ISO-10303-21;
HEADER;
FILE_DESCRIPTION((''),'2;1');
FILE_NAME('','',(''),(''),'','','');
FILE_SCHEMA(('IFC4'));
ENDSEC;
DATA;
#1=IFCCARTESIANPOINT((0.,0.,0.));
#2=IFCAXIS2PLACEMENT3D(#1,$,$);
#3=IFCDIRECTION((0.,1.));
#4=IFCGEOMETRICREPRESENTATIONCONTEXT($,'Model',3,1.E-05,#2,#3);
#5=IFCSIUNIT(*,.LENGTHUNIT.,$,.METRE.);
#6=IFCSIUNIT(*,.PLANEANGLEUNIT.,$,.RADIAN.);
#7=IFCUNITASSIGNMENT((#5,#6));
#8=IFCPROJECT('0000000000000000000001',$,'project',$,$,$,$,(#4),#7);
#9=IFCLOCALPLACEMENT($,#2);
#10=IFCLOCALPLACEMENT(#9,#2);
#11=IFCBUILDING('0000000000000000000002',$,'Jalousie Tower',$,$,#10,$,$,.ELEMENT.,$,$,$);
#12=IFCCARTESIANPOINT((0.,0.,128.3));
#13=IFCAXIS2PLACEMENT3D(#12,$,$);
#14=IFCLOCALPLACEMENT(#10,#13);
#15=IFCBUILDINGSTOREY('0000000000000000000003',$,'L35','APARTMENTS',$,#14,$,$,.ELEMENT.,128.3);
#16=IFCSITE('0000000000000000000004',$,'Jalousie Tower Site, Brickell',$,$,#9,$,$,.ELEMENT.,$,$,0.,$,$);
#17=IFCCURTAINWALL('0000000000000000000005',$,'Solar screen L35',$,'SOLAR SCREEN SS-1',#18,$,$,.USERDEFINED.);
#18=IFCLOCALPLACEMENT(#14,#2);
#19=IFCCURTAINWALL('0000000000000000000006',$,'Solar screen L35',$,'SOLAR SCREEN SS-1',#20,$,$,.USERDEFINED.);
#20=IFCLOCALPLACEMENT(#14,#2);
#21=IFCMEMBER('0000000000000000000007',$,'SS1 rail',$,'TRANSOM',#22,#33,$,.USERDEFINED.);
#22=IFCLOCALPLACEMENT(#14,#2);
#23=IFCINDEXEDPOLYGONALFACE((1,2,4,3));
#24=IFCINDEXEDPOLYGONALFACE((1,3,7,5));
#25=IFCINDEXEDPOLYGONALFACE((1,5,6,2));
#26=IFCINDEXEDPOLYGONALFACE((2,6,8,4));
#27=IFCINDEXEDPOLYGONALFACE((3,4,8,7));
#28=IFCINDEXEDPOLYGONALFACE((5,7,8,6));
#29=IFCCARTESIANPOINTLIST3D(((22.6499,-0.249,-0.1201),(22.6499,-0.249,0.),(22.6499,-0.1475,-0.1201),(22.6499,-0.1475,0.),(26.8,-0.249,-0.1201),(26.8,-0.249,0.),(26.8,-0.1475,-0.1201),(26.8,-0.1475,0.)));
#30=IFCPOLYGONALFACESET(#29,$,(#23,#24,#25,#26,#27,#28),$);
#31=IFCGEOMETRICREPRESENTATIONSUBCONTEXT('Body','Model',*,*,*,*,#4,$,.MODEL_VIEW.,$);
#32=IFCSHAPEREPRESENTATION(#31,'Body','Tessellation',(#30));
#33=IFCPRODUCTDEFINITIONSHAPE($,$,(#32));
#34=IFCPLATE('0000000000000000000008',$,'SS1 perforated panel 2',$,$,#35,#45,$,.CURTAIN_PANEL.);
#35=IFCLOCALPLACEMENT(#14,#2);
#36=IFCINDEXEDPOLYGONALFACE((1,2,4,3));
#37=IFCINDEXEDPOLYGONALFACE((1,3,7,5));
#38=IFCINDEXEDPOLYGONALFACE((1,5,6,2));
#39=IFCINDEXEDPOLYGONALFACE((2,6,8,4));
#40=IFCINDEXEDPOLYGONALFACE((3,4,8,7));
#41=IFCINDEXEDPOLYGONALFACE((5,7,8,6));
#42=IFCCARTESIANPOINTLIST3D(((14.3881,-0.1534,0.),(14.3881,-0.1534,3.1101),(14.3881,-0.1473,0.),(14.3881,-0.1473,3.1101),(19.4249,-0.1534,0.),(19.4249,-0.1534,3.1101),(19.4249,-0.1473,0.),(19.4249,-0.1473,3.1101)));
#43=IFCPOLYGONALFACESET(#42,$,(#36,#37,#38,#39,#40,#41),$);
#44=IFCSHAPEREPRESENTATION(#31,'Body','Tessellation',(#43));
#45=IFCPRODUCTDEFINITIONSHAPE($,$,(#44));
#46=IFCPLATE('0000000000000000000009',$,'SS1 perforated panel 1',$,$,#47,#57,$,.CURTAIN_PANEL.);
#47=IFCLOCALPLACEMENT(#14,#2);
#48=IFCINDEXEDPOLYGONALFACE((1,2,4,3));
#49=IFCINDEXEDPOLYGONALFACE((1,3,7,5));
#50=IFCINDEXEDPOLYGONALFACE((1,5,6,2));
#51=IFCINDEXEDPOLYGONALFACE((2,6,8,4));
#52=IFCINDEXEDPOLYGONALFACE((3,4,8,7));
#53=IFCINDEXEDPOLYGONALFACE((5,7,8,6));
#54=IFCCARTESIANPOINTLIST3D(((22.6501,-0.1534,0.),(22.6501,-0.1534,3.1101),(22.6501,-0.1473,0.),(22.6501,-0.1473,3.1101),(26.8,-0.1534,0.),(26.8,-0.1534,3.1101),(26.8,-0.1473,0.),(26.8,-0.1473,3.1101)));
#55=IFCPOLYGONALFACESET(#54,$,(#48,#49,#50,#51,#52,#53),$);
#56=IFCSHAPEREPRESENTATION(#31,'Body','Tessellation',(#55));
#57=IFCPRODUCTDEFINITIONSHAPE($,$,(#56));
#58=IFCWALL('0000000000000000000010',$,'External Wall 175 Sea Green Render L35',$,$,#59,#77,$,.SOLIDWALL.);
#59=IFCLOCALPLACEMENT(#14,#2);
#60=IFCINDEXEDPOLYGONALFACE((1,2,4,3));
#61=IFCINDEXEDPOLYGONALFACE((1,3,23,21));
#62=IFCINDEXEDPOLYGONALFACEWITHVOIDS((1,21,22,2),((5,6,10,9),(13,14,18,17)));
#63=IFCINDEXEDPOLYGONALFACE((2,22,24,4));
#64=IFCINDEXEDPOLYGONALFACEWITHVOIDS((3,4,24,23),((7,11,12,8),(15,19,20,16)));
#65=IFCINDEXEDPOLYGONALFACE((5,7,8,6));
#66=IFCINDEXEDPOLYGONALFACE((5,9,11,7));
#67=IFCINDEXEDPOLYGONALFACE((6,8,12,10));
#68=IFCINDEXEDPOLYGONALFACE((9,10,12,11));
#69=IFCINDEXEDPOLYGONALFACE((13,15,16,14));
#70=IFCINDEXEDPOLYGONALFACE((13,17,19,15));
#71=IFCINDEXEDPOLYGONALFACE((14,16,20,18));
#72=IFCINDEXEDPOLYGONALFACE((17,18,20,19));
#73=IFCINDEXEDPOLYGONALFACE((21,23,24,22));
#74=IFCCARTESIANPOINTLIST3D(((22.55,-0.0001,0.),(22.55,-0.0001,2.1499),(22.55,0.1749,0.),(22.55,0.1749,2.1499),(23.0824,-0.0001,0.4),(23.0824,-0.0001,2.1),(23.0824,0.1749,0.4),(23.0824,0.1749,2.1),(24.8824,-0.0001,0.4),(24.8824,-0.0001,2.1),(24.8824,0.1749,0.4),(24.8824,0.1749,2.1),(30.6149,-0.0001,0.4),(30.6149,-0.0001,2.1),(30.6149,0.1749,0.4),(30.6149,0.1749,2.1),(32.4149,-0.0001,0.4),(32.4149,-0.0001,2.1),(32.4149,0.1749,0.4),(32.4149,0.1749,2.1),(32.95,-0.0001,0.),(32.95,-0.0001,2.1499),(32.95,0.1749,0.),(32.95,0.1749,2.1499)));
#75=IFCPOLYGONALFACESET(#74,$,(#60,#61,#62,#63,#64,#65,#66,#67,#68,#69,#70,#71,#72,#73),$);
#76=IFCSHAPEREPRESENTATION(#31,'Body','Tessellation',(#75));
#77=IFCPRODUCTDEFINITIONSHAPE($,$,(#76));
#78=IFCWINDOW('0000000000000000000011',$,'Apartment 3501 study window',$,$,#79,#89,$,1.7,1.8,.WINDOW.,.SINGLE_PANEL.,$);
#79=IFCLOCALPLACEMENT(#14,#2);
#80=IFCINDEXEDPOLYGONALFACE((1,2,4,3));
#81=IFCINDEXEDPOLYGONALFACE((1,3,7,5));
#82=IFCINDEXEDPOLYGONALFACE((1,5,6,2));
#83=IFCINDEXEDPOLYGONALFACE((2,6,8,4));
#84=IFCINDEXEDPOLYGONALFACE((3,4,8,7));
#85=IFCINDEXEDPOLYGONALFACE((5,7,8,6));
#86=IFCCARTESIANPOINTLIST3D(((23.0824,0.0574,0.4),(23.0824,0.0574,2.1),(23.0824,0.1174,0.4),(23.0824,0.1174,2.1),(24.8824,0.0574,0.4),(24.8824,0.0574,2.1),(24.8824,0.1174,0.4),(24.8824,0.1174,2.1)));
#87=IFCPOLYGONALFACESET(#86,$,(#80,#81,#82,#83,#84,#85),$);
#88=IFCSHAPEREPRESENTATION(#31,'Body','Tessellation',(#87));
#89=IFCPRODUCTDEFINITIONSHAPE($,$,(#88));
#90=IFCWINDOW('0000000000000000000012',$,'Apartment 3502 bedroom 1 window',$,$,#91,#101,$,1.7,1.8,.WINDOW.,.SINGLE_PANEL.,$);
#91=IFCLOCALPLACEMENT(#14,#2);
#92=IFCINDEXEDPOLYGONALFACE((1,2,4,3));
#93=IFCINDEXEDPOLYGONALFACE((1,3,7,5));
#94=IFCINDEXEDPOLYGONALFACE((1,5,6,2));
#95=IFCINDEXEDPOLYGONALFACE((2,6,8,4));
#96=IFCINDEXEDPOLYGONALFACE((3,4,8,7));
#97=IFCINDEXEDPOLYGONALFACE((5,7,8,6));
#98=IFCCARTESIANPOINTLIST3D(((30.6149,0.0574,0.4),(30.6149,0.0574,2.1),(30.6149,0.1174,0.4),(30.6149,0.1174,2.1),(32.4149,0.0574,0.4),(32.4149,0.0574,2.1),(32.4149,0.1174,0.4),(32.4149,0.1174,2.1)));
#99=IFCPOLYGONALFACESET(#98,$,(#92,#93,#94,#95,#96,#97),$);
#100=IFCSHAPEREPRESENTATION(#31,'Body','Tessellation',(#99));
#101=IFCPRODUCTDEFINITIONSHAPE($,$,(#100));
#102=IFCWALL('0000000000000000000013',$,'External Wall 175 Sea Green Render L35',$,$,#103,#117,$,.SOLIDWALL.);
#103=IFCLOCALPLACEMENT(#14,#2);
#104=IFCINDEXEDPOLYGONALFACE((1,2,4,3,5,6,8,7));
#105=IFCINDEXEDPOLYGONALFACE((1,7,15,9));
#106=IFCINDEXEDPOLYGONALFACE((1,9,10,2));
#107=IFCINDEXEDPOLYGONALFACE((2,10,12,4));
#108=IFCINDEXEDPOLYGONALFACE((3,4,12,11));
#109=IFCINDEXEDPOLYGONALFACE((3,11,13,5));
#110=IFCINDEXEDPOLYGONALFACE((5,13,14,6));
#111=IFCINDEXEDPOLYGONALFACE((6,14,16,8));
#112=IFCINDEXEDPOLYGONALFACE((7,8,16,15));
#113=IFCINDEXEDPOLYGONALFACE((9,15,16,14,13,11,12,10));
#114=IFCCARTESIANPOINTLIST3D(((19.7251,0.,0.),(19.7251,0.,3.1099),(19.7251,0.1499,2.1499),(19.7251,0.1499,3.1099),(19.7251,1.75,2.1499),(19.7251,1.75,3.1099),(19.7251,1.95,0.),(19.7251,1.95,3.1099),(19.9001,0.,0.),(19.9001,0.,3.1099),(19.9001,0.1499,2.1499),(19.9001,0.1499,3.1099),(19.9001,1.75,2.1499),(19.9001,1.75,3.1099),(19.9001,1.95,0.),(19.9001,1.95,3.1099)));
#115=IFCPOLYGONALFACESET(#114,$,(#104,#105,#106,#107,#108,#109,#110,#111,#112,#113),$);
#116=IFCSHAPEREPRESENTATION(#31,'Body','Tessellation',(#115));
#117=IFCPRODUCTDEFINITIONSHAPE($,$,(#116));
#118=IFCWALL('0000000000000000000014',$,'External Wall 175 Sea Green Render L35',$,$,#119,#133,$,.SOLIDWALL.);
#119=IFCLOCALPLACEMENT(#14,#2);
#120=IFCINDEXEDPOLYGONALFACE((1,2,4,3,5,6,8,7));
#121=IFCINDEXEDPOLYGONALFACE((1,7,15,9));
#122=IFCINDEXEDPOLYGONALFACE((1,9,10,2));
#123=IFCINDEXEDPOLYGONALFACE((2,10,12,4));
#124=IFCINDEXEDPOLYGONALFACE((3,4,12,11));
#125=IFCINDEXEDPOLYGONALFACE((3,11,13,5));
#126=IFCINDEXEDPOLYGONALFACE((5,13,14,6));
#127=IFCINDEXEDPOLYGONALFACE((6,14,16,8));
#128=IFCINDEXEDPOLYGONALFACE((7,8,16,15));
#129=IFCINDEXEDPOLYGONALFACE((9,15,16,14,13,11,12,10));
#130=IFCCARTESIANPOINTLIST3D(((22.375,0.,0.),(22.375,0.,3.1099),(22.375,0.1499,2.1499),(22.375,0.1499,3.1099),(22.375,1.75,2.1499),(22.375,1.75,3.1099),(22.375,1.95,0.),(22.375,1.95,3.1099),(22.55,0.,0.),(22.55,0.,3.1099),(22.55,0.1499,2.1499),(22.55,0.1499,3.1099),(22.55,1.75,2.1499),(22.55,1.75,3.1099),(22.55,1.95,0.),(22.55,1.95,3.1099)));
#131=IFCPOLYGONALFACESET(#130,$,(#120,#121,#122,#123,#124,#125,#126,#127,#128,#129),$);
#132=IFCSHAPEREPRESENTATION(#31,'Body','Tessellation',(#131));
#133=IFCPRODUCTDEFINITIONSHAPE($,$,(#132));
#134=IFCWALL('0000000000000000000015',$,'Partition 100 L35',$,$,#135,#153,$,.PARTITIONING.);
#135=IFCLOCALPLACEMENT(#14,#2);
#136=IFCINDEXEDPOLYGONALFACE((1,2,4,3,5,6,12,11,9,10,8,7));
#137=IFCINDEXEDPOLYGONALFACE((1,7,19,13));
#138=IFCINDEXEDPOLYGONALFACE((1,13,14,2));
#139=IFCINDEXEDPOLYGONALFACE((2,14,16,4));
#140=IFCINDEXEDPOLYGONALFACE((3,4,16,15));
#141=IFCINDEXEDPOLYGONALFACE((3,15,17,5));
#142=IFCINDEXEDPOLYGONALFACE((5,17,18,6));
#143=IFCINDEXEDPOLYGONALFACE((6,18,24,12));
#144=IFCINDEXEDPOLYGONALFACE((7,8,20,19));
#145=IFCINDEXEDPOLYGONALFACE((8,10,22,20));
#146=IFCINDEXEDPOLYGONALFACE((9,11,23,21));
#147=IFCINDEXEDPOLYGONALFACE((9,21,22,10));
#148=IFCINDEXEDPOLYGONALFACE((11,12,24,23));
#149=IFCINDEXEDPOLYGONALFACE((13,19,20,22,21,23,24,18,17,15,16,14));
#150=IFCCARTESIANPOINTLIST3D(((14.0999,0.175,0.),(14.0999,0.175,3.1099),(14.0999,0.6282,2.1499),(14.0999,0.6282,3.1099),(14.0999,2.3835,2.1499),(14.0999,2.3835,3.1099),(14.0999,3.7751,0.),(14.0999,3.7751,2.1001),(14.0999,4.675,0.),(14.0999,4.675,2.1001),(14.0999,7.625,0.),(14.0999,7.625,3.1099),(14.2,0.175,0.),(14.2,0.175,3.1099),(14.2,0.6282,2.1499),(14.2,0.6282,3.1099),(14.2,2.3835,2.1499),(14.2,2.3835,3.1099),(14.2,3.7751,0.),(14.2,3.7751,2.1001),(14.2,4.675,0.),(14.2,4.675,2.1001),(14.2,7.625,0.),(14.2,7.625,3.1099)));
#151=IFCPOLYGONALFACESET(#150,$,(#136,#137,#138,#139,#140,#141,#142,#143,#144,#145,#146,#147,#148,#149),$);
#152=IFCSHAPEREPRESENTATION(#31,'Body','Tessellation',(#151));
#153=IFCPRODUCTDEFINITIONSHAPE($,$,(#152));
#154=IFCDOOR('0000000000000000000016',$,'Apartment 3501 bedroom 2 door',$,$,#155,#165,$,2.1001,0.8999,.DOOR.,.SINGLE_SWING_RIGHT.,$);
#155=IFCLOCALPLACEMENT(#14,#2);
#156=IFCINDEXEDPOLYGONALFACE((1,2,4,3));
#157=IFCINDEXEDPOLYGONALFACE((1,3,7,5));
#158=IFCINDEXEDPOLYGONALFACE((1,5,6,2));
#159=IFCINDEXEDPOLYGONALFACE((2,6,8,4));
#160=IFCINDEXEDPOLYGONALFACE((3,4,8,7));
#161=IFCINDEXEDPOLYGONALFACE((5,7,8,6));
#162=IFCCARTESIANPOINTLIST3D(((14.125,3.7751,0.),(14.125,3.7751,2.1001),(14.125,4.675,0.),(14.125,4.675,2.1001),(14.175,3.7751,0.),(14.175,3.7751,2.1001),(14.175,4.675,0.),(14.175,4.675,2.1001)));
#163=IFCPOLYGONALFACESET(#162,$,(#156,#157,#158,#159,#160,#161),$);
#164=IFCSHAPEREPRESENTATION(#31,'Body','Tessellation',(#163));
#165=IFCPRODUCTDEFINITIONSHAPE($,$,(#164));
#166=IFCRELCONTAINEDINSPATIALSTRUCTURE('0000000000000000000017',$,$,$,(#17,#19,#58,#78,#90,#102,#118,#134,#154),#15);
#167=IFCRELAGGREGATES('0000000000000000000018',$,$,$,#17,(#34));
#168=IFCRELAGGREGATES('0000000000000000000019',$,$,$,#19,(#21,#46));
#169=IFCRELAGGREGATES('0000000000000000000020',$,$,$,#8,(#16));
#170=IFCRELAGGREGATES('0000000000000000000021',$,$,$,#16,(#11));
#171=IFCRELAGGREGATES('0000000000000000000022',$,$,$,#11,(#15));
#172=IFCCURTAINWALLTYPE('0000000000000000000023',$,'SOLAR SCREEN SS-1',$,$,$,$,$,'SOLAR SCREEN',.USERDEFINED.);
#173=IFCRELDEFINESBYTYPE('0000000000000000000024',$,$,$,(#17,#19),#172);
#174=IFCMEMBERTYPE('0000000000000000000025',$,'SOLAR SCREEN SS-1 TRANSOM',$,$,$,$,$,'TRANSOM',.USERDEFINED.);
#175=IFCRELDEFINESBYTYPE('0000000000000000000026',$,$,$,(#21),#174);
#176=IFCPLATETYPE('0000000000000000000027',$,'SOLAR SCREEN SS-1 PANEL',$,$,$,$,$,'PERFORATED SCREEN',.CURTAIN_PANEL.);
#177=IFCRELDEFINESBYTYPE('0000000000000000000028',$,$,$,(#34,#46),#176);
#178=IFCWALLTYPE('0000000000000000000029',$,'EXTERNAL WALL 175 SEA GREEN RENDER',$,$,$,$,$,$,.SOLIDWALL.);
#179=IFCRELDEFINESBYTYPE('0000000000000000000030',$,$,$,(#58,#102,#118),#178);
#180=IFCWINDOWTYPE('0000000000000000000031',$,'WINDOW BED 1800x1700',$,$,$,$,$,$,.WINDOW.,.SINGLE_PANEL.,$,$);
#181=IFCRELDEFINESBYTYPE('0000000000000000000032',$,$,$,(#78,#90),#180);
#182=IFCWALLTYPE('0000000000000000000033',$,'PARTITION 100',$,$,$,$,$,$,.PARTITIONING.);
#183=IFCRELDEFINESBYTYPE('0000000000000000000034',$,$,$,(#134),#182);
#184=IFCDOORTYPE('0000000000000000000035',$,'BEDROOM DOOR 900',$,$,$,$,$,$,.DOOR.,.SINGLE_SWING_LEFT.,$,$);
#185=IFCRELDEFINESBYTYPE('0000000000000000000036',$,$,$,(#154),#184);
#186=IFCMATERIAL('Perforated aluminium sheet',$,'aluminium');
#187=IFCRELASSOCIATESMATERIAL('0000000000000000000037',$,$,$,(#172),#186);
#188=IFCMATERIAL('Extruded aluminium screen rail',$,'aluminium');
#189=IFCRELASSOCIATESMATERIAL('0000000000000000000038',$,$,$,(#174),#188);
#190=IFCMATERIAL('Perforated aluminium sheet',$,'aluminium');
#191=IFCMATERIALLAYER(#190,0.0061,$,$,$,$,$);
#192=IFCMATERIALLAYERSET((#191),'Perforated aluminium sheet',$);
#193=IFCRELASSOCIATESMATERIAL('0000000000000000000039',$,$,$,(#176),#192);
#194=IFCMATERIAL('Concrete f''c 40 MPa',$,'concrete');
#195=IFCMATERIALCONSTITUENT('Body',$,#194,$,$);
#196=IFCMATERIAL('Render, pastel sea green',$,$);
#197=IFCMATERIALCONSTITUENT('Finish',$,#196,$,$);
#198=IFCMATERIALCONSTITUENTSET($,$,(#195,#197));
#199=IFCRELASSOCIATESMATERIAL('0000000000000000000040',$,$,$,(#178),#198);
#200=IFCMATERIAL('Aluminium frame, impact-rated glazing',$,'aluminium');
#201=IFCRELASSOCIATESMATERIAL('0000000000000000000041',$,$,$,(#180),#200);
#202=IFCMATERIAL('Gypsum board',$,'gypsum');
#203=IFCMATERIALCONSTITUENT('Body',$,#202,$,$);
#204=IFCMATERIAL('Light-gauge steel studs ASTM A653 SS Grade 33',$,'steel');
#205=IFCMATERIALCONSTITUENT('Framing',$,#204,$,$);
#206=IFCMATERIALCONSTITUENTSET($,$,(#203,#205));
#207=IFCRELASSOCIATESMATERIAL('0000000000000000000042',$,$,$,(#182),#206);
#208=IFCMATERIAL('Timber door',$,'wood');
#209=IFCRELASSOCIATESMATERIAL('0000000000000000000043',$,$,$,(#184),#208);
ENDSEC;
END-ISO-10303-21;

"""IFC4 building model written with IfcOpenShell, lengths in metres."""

from ifc_helpers import new_model, si_unit, direction, frame, frame_2d, origin, origin_2d, place, context, subcontext, project, spatial, polyline, rectangle, outline, extrude, material, layer, layer_set, constituent, constituent_set, material_profile, profile_set, type_object, element, fill, aggregate, save


model = new_model("IFC4")

# Units and contexts
model_context = context("Model", 3, precision=1e-05, world=origin(), true_north=direction((0.0, 1.0)))
body_context = subcontext(model_context, "Body", "Model", "MODEL_VIEW")
ifc_project = project(units=[si_unit("LENGTHUNIT", "METRE"), si_unit("PLANEANGLEUNIT", "RADIAN")], contexts=[model_context])

# Site, building, storey
site_placement = place(None, origin())
site = spatial("IfcSite", under=ifc_project, at=site_placement, Name="Jalousie Tower Site, Brickell", CompositionType="ELEMENT", RefElevation=0.0)
building_placement = place(site_placement, origin())
building = spatial("IfcBuilding", under=site, at=building_placement, Name="Jalousie Tower", CompositionType="ELEMENT")
storey_placement = place(building_placement, frame((0.0, 0.0, 128.3)))
storey = spatial("IfcBuildingStorey", under=building, at=storey_placement, Name="L35", Description="APARTMENTS", CompositionType="ELEMENT", Elevation=128.3)

# Curtain walls, member
ifc_material_1 = material(Name="Perforated aluminium sheet", Category="aluminium")
curtain_wall_type = type_object("IfcCurtainWallType", Name="SOLAR SCREEN SS-1", ElementType="SOLAR SCREEN", PredefinedType="USERDEFINED", material=ifc_material_1)
curtain_wall_1_placement = place(storey_placement, origin())
curtain_wall_1 = element("IfcCurtainWall", 1, at=curtain_wall_1_placement, inside=storey, type_object=curtain_wall_type, Name="Solar screen L35", ObjectType="SOLAR SCREEN SS-1", PredefinedType="USERDEFINED")
curtain_wall_2_placement = place(storey_placement, origin())
curtain_wall_2 = element("IfcCurtainWall", 2, at=curtain_wall_2_placement, inside=storey, type_object=curtain_wall_type, Name="Solar screen L35", ObjectType="SOLAR SCREEN SS-1", PredefinedType="USERDEFINED")
ifc_material_2 = material(Name="Extruded aluminium screen rail", Category="aluminium")
ifc_material_profile_1 = material_profile(ifc_material_2, rectangle(XDim=0.1016, YDim=0.1201, at=origin_2d()), Name="RAIL 102x120")
ifc_profile_set_1 = profile_set([ifc_material_profile_1], Name="Extruded aluminium screen rail")
member_type_1 = type_object("IfcMemberType", Name="SOLAR SCREEN SS-1 TRANSOM", ElementType="TRANSOM", PredefinedType="USERDEFINED", material=ifc_profile_set_1)
member_1_placement = place(storey_placement, frame((22.6499, -0.1982, -0.0601), z_axis=(1.0, 0.0, 0.0), x_axis=(0.0, 1.0, 0.0)))
member_1 = element("IfcMember", 3, at=member_1_placement, type_object=member_type_1, Name="SS1 rail", ObjectType="TRANSOM", PredefinedType="USERDEFINED", context=body_context, shape_type="SweptSolid", body=[
    extrude(rectangle(XDim=0.1016, YDim=0.1201, at=origin_2d()), origin(), (0.0, 0.0, 1.0), 4.1501),
])

# Plates
ifc_material_3 = material(Name="Perforated aluminium sheet", Category="aluminium")
ifc_layer_1 = layer(ifc_material_3, 0.0061)
ifc_layer_set_1 = layer_set([ifc_layer_1], Name="Perforated aluminium sheet")
plate_type = type_object("IfcPlateType", Name="SOLAR SCREEN SS-1 PANEL", ElementType="PERFORATED SCREEN", PredefinedType="CURTAIN_PANEL", material=ifc_layer_set_1)
plate_1_placement = place(storey_placement, frame((16.9065, -0.1504, 0.0), z_axis=(0.0, 0.0, 1.0), x_axis=(1.0, 0.0, 0.0)))
plate_1 = element("IfcPlate", 4, at=plate_1_placement, type_object=plate_type, Name="SS1 perforated panel 2", PredefinedType="CURTAIN_PANEL", context=body_context, shape_type="SweptSolid", body=[
    extrude(rectangle(XDim=5.0369, YDim=0.0061, at=origin_2d()), origin(), (0.0, 0.0, 1.0), 3.1101),
])
aggregate(curtain_wall_1, [plate_1])
plate_2_placement = place(storey_placement, frame((24.7251, -0.1504, 0.0), z_axis=(0.0, 0.0, 1.0), x_axis=(1.0, 0.0, 0.0)))
plate_2 = element("IfcPlate", 5, at=plate_2_placement, type_object=plate_type, Name="SS1 perforated panel 1", PredefinedType="CURTAIN_PANEL", context=body_context, shape_type="SweptSolid", body=[
    extrude(rectangle(XDim=4.1499, YDim=0.0061, at=origin_2d()), origin(), (0.0, 0.0, 1.0), 3.1101),
])
aggregate(curtain_wall_2, [member_1, plate_2])

# Wall, openings, windows
ifc_material_4 = material(Name="Concrete f'c 40 MPa", Category="concrete")
ifc_constituent_1 = constituent(ifc_material_4, Name="Body")
ifc_material_5 = material(Name="Render, pastel sea green")
ifc_constituent_2 = constituent(ifc_material_5, Name="Finish")
ifc_constituent_set_1 = constituent_set(constituents=[ifc_constituent_1, ifc_constituent_2])
wall_type_1 = type_object("IfcWallType", Name="EXTERNAL WALL 175 SEA GREEN RENDER", PredefinedType="SOLIDWALL", material=ifc_constituent_set_1)
wall_1_placement = place(storey_placement, frame((22.55, 0.0874, 0.0), z_axis=(0.0, 0.0, 1.0), x_axis=(1.0, 0.0, 0.0)))
wall_1 = element("IfcWall", 6, at=wall_1_placement, inside=storey, type_object=wall_type_1, Name="External Wall 175 Sea Green Render L35", PredefinedType="SOLIDWALL", context=body_context, shape_type="SweptSolid", body=[
    extrude(rectangle(XDim=10.3999, YDim=0.175, at=frame_2d((5.2, 0.0))), origin(), (0.0, 0.0, 1.0), 2.1499),
])
opening_1_placement = place(wall_1_placement, frame((0.5325, 0.0, 0.3999)))
opening_1 = element("IfcOpeningElement", 7, at=opening_1_placement, cuts=wall_1, PredefinedType="OPENING", context=body_context, shape_type="SweptSolid", body=[
    extrude(rectangle(XDim=1.8, YDim=1.7, at=frame_2d((0.8999, 0.8501))), frame((0.0, 0.0974, 0.0), z_axis=(0.0, -1.0, 0.0), x_axis=(1.0, 0.0, 0.0)), (0.0, 0.0, 1.0), 0.1951),
])
opening_2_placement = place(wall_1_placement, frame((8.0649, 0.0, 0.3999)))
opening_2 = element("IfcOpeningElement", 8, at=opening_2_placement, cuts=wall_1, PredefinedType="OPENING", context=body_context, shape_type="SweptSolid", body=[
    extrude(rectangle(XDim=1.8, YDim=1.7, at=frame_2d((0.8999, 0.8501))), frame((0.0, 0.0974, 0.0), z_axis=(0.0, -1.0, 0.0), x_axis=(1.0, 0.0, 0.0)), (0.0, 0.0, 1.0), 0.1951),
])
ifc_material_6 = material(Name="Aluminium frame, impact-rated glazing", Category="aluminium")
window_type = type_object("IfcWindowType", Name="WINDOW BED 1800x1700", PartitioningType="SINGLE_PANEL", PredefinedType="WINDOW", material=ifc_material_6)
window_1_placement = place(opening_1_placement, origin())
window_1 = element("IfcWindow", 9, at=window_1_placement, inside=storey, type_object=window_type, Name="Apartment 3501 study window", OverallHeight=1.7, OverallWidth=1.8, PartitioningType="SINGLE_PANEL", PredefinedType="WINDOW", context=body_context, shape_type="SweptSolid", body=[
    extrude(rectangle(XDim=1.8, YDim=1.7, at=frame_2d((0.8999, 0.8501))), frame((0.0, 0.03, 0.0), z_axis=(0.0, -1.0, 0.0), x_axis=(1.0, 0.0, 0.0)), (0.0, 0.0, 1.0), 0.0601),
])
fill(opening_1, window_1)
window_2_placement = place(opening_2_placement, origin())
window_2 = element("IfcWindow", 10, at=window_2_placement, inside=storey, type_object=window_type, Name="Apartment 3502 bedroom 1 window", OverallHeight=1.7, OverallWidth=1.8, PartitioningType="SINGLE_PANEL", PredefinedType="WINDOW", context=body_context, shape_type="SweptSolid", body=[
    extrude(rectangle(XDim=1.8, YDim=1.7, at=frame_2d((0.8999, 0.8501))), frame((0.0, 0.03, 0.0), z_axis=(0.0, -1.0, 0.0), x_axis=(1.0, 0.0, 0.0)), (0.0, 0.0, 1.0), 0.0601),
])
fill(opening_2, window_2)

# Walls
for number, where, z_axis, x_axis, name in (
    (11, (19.8125, 0.0, 0.0), (0.0, 0.0, 1.0), (0.0, 1.0, 0.0), "External Wall 175 Sea Green Render L35"),
    (12, (22.4624, 0.0, 0.0), (0.0, 0.0, 1.0), (0.0, 1.0, 0.0), "External Wall 175 Sea Green Render L35"),
):
    element("IfcWall", number, at=place(storey_placement, frame(where, z_axis=z_axis, x_axis=x_axis)), inside=storey, type_object=wall_type_1, Name=name, PredefinedType="SOLIDWALL", context=body_context, shape_type="SweptSolid", body=[
        extrude(outline(polyline([(0.0, 0.0), (1.95, 0.0), (1.95, 3.1099), (1.75, 3.1099), (1.75, 2.1499), (0.1499, 2.1499), (0.1499, 3.1099), (0.0, 3.1099), (0.0, 0.0)])), frame((0.0, 0.0874, 0.0), z_axis=(0.0, -1.0, 0.0), x_axis=(1.0, 0.0, 0.0)), (0.0, 0.0, 1.0), 0.175),
    ])

# Wall, opening, door
ifc_material_7 = material(Name="Gypsum board", Category="gypsum")
ifc_constituent_3 = constituent(ifc_material_7, Name="Body")
ifc_material_8 = material(Name="Light-gauge steel studs ASTM A653 SS Grade 33", Category="steel")
ifc_constituent_4 = constituent(ifc_material_8, Name="Framing")
ifc_constituent_set_2 = constituent_set(constituents=[ifc_constituent_3, ifc_constituent_4])
wall_type_2 = type_object("IfcWallType", Name="PARTITION 100", PredefinedType="PARTITIONING", material=ifc_constituent_set_2)
wall_2_placement = place(storey_placement, frame((14.1499, 0.175, 0.0), z_axis=(0.0, 0.0, 1.0), x_axis=(0.0, 1.0, 0.0)))
wall_2 = element("IfcWall", 13, at=wall_2_placement, inside=storey, type_object=wall_type_2, Name="Partition 100 L35", PredefinedType="PARTITIONING", context=body_context, shape_type="SweptSolid", body=[
    extrude(outline(polyline([(0.0, 0.0), (7.45, 0.0), (7.45, 3.1099), (2.2085, 3.1099), (2.2085, 2.1499), (0.4531, 2.1499), (0.4531, 3.1099), (0.0, 3.1099), (0.0, 0.0)])), frame((0.0, 0.05, 0.0), z_axis=(0.0, -1.0, 0.0), x_axis=(1.0, 0.0, 0.0)), (0.0, 0.0, 1.0), 0.1001),
])
opening_3_placement = place(wall_2_placement, frame((3.6001, 0.0, 0.0)))
opening_3 = element("IfcOpeningElement", 14, at=opening_3_placement, cuts=wall_2, PredefinedType="OPENING", context=body_context, shape_type="SweptSolid", body=[
    extrude(rectangle(XDim=0.8999, YDim=2.1001, at=frame_2d((0.45, 1.05))), frame((0.0, 0.0601, 0.0), z_axis=(0.0, -1.0, 0.0), x_axis=(1.0, 0.0, 0.0)), (0.0, 0.0, 1.0), 0.1201),
])
ifc_material_9 = material(Name="Timber door", Category="wood")
door_type = type_object("IfcDoorType", Name="BEDROOM DOOR 900", OperationType="SINGLE_SWING_LEFT", PredefinedType="DOOR", material=ifc_material_9)
door_1_placement = place(opening_3_placement, origin())
door_1 = element("IfcDoor", 15, at=door_1_placement, inside=storey, type_object=door_type, Name="Apartment 3501 bedroom 2 door", OperationType="SINGLE_SWING_RIGHT", OverallHeight=2.1001, OverallWidth=0.8999, PredefinedType="DOOR", context=body_context, shape_type="SweptSolid", body=[
    extrude(rectangle(XDim=0.8999, YDim=2.1001, at=frame_2d((0.45, 1.05))), frame((0.0, 0.0249, 0.0), z_axis=(0.0, -1.0, 0.0), x_axis=(1.0, 0.0, 0.0)), (0.0, 0.0, 1.0), 0.05),
])
fill(opening_3, door_1)

save(model, "model.ifc")
